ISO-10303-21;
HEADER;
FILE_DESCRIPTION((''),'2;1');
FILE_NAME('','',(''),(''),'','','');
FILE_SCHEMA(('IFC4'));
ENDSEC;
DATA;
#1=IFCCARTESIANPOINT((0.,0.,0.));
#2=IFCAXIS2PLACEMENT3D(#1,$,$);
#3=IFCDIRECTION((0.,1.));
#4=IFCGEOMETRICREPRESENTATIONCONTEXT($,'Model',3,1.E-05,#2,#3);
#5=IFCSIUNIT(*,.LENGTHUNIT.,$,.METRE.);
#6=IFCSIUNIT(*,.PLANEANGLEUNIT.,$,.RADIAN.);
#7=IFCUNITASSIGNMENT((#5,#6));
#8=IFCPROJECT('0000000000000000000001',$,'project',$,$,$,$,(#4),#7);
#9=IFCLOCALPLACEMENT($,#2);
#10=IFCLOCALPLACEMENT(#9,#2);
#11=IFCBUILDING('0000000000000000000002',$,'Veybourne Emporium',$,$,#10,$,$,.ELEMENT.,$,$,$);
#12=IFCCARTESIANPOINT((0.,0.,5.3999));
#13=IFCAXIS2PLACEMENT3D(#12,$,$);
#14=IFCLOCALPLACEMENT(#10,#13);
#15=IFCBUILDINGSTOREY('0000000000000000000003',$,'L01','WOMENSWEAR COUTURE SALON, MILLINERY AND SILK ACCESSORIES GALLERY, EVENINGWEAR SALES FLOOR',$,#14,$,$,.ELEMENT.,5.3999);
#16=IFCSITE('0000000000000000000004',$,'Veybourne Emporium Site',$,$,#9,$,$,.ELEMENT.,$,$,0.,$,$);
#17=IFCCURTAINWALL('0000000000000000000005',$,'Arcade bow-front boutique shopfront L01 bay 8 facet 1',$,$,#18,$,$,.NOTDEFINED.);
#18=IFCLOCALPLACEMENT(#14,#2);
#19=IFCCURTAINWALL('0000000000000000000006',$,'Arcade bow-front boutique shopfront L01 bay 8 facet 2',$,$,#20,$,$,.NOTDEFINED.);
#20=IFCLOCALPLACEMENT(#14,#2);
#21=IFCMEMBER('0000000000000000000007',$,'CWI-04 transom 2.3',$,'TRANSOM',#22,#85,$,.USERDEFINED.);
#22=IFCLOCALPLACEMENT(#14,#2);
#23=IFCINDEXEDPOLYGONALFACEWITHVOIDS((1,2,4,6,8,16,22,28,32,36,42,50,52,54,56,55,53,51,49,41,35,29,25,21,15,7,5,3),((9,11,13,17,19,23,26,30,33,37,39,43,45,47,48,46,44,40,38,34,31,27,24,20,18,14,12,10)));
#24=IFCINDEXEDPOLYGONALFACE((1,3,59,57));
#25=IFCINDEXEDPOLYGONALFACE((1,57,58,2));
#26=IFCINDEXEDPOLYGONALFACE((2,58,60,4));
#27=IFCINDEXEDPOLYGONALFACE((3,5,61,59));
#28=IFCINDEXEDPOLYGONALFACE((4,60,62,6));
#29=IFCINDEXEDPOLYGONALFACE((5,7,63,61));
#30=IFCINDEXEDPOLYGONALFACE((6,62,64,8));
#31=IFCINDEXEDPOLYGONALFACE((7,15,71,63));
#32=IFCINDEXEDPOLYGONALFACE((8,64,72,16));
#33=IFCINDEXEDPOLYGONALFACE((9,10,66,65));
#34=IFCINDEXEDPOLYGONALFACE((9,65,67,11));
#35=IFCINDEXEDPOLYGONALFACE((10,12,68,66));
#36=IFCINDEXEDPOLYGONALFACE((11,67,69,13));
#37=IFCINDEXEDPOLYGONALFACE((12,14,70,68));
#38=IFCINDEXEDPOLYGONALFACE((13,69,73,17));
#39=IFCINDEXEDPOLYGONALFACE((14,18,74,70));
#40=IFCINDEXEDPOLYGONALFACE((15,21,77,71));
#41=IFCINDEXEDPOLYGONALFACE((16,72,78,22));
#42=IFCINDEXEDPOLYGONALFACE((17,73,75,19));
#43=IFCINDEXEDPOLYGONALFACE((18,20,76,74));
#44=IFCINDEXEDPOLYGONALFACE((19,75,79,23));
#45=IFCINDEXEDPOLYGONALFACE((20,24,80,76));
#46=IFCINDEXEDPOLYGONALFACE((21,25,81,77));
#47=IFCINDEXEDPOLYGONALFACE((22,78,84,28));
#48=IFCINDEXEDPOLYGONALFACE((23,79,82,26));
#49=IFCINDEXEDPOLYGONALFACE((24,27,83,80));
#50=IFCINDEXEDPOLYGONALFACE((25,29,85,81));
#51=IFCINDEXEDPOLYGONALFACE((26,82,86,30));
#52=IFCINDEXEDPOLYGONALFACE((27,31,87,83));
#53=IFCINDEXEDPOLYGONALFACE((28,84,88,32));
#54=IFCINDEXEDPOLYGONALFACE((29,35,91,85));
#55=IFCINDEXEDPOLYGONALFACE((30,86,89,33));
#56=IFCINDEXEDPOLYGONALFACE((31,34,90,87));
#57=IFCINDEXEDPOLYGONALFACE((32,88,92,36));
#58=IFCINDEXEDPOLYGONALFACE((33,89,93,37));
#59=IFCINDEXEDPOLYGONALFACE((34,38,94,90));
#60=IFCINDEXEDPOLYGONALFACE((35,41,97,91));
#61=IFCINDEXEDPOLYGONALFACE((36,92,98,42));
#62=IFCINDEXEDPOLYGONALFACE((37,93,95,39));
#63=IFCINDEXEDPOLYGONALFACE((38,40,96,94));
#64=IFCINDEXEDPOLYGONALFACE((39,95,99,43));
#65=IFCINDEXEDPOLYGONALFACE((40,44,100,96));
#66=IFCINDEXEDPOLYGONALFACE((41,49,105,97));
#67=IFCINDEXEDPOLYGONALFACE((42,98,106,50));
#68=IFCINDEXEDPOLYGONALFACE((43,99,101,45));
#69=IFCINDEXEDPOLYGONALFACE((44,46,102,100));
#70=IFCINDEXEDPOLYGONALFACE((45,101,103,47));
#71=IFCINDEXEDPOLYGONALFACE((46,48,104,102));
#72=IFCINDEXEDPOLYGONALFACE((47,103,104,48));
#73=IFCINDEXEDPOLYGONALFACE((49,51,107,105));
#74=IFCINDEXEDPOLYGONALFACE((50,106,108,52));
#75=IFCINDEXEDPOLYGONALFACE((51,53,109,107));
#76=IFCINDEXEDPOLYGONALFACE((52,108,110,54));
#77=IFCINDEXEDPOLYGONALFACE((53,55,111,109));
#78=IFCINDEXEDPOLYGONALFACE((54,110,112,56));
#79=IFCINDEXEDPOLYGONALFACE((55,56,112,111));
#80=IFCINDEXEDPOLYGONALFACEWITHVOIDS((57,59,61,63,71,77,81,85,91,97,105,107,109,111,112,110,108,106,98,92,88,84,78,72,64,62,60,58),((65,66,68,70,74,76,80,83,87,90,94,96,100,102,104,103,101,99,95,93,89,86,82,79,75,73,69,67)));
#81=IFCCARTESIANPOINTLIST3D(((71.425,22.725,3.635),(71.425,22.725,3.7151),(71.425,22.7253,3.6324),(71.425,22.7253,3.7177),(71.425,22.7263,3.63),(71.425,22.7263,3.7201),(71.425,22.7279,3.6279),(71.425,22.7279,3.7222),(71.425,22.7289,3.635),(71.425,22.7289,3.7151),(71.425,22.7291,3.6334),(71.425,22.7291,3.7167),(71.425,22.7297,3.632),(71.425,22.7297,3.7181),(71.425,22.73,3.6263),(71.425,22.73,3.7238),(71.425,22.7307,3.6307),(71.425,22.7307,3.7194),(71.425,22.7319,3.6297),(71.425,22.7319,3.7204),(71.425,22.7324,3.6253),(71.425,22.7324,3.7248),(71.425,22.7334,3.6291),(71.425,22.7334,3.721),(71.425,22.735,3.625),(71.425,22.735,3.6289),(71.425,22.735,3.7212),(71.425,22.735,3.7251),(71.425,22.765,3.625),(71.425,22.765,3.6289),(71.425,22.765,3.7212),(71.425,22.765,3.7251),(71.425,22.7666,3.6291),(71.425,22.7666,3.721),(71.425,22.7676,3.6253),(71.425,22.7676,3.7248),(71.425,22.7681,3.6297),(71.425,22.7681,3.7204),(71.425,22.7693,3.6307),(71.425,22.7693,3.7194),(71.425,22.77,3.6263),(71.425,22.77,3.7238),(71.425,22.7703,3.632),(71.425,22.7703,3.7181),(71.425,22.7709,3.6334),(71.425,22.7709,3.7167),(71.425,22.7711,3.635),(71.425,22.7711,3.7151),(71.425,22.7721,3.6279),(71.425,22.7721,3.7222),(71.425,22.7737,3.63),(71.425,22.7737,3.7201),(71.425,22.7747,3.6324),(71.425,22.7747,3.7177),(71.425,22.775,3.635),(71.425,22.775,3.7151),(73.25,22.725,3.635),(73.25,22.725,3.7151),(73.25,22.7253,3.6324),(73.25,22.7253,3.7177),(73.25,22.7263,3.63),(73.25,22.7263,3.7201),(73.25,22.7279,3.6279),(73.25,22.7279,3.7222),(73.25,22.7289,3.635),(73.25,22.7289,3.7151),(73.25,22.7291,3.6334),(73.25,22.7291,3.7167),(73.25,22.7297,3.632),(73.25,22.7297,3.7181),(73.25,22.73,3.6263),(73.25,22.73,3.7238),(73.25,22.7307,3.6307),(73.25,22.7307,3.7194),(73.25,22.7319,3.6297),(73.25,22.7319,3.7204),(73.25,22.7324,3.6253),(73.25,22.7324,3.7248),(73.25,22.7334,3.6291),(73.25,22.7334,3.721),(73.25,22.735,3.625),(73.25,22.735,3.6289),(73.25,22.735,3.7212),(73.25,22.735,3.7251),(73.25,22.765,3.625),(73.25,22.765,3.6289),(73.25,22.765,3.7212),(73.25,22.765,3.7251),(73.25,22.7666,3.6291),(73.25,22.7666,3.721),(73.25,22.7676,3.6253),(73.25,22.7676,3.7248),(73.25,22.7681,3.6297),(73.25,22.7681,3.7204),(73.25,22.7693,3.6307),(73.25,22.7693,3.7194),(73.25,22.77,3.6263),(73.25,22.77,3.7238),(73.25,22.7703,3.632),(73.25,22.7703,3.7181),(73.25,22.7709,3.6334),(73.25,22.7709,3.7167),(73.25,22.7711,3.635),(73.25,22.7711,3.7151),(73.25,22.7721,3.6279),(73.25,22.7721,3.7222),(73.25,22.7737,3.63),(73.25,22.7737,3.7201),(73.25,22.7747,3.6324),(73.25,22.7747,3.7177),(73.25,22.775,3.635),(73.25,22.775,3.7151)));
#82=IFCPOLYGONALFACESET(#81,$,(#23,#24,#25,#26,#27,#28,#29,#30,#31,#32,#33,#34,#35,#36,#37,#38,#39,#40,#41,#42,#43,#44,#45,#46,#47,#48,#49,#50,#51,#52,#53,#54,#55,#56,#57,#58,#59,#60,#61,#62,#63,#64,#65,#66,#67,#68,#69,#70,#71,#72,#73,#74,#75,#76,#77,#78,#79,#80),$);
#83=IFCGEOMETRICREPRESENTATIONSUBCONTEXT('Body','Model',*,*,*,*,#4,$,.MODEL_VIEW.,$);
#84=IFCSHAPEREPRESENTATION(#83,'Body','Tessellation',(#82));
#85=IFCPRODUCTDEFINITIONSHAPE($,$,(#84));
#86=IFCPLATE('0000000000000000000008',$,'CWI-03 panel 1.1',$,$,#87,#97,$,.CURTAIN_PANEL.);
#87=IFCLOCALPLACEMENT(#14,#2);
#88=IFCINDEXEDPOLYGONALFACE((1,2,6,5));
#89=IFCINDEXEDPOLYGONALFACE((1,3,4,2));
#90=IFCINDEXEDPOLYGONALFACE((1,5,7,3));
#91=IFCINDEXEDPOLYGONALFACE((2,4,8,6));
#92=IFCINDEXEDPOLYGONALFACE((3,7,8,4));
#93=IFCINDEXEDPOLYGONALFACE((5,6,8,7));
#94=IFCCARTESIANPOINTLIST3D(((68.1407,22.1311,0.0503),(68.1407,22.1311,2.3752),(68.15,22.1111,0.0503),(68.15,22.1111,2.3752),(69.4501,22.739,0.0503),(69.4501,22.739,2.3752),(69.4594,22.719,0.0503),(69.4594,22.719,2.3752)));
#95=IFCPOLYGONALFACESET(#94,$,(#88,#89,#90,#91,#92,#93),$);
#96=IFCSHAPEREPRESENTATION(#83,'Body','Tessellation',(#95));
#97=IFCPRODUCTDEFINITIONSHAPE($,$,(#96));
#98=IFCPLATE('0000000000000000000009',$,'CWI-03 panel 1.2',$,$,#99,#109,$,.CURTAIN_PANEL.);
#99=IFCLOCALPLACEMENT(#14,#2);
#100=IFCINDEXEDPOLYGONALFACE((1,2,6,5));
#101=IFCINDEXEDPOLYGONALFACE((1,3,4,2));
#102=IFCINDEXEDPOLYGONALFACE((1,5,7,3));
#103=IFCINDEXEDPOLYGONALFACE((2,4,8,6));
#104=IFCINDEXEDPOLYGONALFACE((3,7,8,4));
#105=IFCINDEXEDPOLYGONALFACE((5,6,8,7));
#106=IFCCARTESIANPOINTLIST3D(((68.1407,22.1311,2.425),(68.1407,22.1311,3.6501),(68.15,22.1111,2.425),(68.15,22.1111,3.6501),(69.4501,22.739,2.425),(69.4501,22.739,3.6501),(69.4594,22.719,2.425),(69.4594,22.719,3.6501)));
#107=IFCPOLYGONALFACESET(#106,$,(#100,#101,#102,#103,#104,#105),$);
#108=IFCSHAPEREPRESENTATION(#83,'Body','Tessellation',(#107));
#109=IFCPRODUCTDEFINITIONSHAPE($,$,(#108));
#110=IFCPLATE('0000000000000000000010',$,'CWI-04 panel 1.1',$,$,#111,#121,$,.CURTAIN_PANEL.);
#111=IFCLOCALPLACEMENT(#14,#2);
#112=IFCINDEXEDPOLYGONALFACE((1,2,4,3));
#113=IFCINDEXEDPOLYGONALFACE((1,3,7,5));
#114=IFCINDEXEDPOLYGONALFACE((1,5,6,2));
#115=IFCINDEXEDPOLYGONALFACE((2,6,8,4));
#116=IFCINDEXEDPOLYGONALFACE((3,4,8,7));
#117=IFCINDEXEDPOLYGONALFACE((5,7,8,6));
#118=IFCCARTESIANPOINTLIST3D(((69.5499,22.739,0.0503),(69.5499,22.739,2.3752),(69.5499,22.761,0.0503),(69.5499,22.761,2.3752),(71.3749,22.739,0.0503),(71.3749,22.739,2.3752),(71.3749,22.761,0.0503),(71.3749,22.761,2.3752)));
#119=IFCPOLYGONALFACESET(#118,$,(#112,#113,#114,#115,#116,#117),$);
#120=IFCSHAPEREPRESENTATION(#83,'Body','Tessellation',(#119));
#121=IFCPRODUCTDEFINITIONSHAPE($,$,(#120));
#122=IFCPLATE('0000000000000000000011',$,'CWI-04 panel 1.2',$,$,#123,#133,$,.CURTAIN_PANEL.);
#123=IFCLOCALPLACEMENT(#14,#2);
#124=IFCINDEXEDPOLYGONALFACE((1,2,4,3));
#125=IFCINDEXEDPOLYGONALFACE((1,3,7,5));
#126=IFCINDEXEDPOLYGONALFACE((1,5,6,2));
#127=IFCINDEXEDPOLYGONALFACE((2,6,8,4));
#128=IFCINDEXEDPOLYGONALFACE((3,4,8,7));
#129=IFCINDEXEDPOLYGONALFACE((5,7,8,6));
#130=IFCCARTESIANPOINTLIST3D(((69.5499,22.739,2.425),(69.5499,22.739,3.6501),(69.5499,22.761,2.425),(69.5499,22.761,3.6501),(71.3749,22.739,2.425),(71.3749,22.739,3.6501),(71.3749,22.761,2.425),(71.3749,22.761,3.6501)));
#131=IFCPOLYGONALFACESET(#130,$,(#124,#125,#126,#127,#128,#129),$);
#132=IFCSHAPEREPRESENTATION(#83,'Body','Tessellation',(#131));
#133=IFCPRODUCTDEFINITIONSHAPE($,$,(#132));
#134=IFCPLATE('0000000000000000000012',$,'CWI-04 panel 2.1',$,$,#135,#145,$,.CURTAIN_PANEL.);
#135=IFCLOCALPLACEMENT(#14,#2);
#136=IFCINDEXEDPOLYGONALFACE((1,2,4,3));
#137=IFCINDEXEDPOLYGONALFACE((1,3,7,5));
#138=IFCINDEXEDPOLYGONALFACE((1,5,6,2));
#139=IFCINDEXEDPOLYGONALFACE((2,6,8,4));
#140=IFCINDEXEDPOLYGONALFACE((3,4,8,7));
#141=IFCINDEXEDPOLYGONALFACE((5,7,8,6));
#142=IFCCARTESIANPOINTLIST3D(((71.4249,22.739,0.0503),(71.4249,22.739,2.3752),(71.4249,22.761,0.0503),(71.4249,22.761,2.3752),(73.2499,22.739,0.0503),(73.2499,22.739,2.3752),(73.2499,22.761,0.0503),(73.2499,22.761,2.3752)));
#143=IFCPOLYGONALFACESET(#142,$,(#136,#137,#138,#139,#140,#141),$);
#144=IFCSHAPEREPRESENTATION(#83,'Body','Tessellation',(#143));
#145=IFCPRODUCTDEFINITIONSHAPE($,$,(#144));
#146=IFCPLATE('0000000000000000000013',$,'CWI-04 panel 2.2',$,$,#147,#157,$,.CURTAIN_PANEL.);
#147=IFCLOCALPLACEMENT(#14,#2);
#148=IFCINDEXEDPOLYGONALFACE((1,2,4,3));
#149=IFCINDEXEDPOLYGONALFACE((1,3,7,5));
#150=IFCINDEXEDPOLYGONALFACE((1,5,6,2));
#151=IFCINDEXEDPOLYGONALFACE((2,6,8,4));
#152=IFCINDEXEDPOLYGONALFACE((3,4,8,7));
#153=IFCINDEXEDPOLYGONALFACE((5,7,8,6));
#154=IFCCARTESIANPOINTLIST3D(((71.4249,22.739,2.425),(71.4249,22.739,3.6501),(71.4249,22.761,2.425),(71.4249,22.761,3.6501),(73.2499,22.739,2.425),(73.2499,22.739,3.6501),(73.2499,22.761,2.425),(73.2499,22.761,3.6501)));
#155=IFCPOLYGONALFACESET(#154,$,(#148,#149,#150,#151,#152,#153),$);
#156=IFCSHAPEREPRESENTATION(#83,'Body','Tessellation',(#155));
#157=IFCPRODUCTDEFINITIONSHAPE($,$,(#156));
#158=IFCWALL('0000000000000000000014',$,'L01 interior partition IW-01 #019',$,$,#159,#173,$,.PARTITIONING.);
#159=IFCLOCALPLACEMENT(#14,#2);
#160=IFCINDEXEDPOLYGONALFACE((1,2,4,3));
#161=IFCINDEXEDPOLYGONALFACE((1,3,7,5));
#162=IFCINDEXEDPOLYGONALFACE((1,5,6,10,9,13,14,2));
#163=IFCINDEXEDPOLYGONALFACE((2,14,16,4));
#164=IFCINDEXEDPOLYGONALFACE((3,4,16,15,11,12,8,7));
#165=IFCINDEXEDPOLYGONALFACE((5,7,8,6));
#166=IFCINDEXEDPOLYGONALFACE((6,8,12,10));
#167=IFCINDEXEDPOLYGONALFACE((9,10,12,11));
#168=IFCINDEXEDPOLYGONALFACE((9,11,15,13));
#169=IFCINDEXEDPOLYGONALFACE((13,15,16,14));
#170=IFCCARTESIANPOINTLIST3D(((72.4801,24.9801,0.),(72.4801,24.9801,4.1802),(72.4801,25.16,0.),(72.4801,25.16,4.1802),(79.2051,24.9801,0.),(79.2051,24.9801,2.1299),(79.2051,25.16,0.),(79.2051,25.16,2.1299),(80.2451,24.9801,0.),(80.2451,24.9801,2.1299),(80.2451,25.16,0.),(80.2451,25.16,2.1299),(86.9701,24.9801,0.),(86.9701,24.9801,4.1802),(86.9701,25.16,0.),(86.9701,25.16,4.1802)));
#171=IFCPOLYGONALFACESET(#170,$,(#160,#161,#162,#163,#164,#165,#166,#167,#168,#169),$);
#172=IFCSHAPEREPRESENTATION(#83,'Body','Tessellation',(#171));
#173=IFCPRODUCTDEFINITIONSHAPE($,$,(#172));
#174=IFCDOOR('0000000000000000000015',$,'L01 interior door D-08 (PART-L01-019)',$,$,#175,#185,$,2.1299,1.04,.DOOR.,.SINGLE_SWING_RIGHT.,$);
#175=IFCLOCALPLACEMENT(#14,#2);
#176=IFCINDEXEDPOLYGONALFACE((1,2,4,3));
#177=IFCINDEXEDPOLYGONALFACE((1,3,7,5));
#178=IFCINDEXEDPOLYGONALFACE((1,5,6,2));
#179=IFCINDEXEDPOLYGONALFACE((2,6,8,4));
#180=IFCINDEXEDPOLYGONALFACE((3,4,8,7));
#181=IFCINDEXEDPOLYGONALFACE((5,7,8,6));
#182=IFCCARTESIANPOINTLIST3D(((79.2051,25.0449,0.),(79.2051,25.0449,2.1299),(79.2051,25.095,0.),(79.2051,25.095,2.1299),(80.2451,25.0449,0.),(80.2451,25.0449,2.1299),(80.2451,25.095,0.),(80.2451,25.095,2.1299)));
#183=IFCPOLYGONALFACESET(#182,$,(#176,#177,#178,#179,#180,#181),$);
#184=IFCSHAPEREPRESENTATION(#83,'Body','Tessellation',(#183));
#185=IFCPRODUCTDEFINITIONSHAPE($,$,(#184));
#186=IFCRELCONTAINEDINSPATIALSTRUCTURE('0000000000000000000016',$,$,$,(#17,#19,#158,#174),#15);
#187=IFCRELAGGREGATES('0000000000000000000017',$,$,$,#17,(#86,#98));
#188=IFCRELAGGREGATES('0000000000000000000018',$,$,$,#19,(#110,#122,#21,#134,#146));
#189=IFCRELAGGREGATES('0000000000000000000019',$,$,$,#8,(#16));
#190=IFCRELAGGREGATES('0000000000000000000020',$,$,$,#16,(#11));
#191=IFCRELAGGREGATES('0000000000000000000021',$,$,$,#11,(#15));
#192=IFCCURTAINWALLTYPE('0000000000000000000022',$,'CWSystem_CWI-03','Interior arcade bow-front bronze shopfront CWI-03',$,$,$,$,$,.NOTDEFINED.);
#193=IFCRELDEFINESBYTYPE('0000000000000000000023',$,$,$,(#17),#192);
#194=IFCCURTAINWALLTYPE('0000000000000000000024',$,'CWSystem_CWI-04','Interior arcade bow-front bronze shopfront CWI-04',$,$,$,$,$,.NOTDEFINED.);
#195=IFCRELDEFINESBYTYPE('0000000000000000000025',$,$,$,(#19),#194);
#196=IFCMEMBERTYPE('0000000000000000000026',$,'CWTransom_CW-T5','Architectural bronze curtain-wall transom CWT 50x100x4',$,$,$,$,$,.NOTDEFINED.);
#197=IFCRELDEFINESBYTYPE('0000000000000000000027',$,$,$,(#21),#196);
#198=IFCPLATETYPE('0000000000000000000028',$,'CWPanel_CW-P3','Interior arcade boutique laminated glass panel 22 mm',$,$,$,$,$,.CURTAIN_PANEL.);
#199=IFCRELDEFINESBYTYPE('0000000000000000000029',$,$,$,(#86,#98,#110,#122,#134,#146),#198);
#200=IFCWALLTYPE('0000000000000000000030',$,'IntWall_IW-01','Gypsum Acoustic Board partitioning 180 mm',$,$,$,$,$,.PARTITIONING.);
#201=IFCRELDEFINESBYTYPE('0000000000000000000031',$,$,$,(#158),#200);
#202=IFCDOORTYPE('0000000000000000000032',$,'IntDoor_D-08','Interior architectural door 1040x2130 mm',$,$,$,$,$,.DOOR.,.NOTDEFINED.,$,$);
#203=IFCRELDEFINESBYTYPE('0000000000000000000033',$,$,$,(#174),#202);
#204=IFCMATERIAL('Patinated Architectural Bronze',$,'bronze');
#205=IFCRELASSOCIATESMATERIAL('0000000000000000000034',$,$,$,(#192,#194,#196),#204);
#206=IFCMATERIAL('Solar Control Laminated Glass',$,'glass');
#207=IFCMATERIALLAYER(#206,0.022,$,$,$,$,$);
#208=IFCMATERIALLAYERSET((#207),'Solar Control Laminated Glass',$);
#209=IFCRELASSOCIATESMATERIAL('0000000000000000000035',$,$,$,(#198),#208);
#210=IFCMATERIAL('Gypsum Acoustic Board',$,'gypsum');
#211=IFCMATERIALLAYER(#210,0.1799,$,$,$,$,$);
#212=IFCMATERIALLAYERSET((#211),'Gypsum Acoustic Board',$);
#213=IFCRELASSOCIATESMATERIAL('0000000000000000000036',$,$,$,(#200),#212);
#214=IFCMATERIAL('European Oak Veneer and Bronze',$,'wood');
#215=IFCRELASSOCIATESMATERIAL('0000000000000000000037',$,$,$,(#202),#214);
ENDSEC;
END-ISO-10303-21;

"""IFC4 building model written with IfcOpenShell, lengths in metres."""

from ifc_helpers import new_model, si_unit, direction, frame, frame_2d, origin, origin_2d, place, context, subcontext, project, spatial, rectangle, hollow_rectangle, extrude, material, layer, layer_set, material_profile, profile_set, type_object, element, fill, aggregate, save


model = new_model("IFC4")

# Units and contexts
model_context = context("Model", 3, precision=1e-05, world=origin(), true_north=direction((0.0, 1.0)))
body_context = subcontext(model_context, "Body", "Model", "MODEL_VIEW")
ifc_project = project(units=[si_unit("LENGTHUNIT", "METRE"), si_unit("PLANEANGLEUNIT", "RADIAN")], contexts=[model_context])

# Site, building, storey
site_placement = place(None, origin())
site = spatial("IfcSite", under=ifc_project, at=site_placement, Name="Veybourne Emporium Site", CompositionType="ELEMENT", RefElevation=0.0)
building_placement = place(site_placement, origin())
building = spatial("IfcBuilding", under=site, at=building_placement, Name="Veybourne Emporium", CompositionType="ELEMENT")
storey_placement = place(building_placement, frame((0.0, 0.0, 5.3999)))
storey = spatial("IfcBuildingStorey", under=building, at=storey_placement, Name="L01", Description="WOMENSWEAR COUTURE SALON, MILLINERY AND SILK ACCESSORIES GALLERY, EVENINGWEAR SALES FLOOR", CompositionType="ELEMENT", Elevation=5.3999)

# Curtain wall
ifc_material_1 = material(Name="Patinated Architectural Bronze", Category="bronze")
curtain_wall_type_1 = type_object("IfcCurtainWallType", Name="CWSystem_CWI-03", Description="Interior arcade bow-front bronze shopfront CWI-03", PredefinedType="NOTDEFINED", material=ifc_material_1)
curtain_wall_1_placement = place(storey_placement, origin())
curtain_wall_1 = element("IfcCurtainWall", 1, at=curtain_wall_1_placement, inside=storey, type_object=curtain_wall_type_1, Name="Arcade bow-front boutique shopfront L01 bay 8 facet 1", PredefinedType="NOTDEFINED")

# Curtain wall
curtain_wall_type_2 = type_object("IfcCurtainWallType", Name="CWSystem_CWI-04", Description="Interior arcade bow-front bronze shopfront CWI-04", PredefinedType="NOTDEFINED", material=ifc_material_1)
curtain_wall_2_placement = place(storey_placement, origin())
curtain_wall_2 = element("IfcCurtainWall", 2, at=curtain_wall_2_placement, inside=storey, type_object=curtain_wall_type_2, Name="Arcade bow-front boutique shopfront L01 bay 8 facet 2", PredefinedType="NOTDEFINED")

# Member
ifc_material_profile_1 = material_profile(ifc_material_1, hollow_rectangle(XDim=0.05, YDim=0.1001, WallThickness=0.0039, InnerFilletRadius=0.0061, OuterFilletRadius=0.01, at=origin_2d()), Name="CWT 50x100x4")
ifc_profile_set_1 = profile_set([ifc_material_profile_1], Name="Patinated Architectural Bronze")
member_type_1 = type_object("IfcMemberType", Name="CWTransom_CW-T5", Description="Architectural bronze curtain-wall transom CWT 50x100x4", PredefinedType="NOTDEFINED", material=ifc_profile_set_1)
member_1_placement = place(storey_placement, frame((71.425, 22.75, 3.675), z_axis=(1.0, 0.0, 0.0), x_axis=(0.0, 1.0, 0.0)))
member_1 = element("IfcMember", 3, at=member_1_placement, type_object=member_type_1, Name="CWI-04 transom 2.3", ObjectType="TRANSOM", PredefinedType="USERDEFINED", context=body_context, shape_type="SweptSolid", body=[
    extrude(hollow_rectangle(XDim=0.05, YDim=0.1001, WallThickness=0.0039, InnerFilletRadius=0.0061, OuterFilletRadius=0.01, at=origin_2d()), origin(), (0.0, 0.0, 1.0), 1.825),
])

# Plates
ifc_material_2 = material(Name="Solar Control Laminated Glass", Category="glass")
ifc_layer_1 = layer(ifc_material_2, 0.022)
ifc_layer_set_1 = layer_set([ifc_layer_1], Name="Solar Control Laminated Glass")
plate_type = type_object("IfcPlateType", Name="CWPanel_CW-P3", Description="Interior arcade boutique laminated glass panel 22 mm", PredefinedType="CURTAIN_PANEL", material=ifc_layer_set_1)
plate_1_placement = place(storey_placement, frame((68.8, 22.425, 0.0503), z_axis=(0.0, 0.0, 1.0), x_axis=(0.907009, 0.421111, 0.0)))
plate_1 = element("IfcPlate", 4, at=plate_1_placement, type_object=plate_type, Name="CWI-03 panel 1.1", PredefinedType="CURTAIN_PANEL", context=body_context, shape_type="SweptSolid", body=[
    extrude(rectangle(XDim=1.4436, YDim=0.022, at=origin_2d()), origin(), (0.0, 0.0, 1.0), 2.325),
])
plate_2_placement = place(storey_placement, frame((68.8, 22.425, 2.425), z_axis=(0.0, 0.0, 1.0), x_axis=(0.907009, 0.421111, 0.0)))
plate_2 = element("IfcPlate", 5, at=plate_2_placement, type_object=plate_type, Name="CWI-03 panel 1.2", PredefinedType="CURTAIN_PANEL", context=body_context, shape_type="SweptSolid", body=[
    extrude(rectangle(XDim=1.4436, YDim=0.022, at=origin_2d()), origin(), (0.0, 0.0, 1.0), 1.2251),
])
aggregate(curtain_wall_1, [plate_1, plate_2])
plate_3_placement = place(storey_placement, frame((70.4624, 22.75, 0.0503), z_axis=(0.0, 0.0, 1.0), x_axis=(1.0, 0.0, 0.0)))
plate_3 = element("IfcPlate", 6, at=plate_3_placement, type_object=plate_type, Name="CWI-04 panel 1.1", PredefinedType="CURTAIN_PANEL", context=body_context, shape_type="SweptSolid", body=[
    extrude(rectangle(XDim=1.825, YDim=0.022, at=origin_2d()), origin(), (0.0, 0.0, 1.0), 2.325),
])
plate_4_placement = place(storey_placement, frame((70.4624, 22.75, 2.425), z_axis=(0.0, 0.0, 1.0), x_axis=(1.0, 0.0, 0.0)))
plate_4 = element("IfcPlate", 7, at=plate_4_placement, type_object=plate_type, Name="CWI-04 panel 1.2", PredefinedType="CURTAIN_PANEL", context=body_context, shape_type="SweptSolid", body=[
    extrude(rectangle(XDim=1.825, YDim=0.022, at=origin_2d()), origin(), (0.0, 0.0, 1.0), 1.2251),
])
plate_5_placement = place(storey_placement, frame((72.3374, 22.75, 0.0503), z_axis=(0.0, 0.0, 1.0), x_axis=(1.0, 0.0, 0.0)))
plate_5 = element("IfcPlate", 8, at=plate_5_placement, type_object=plate_type, Name="CWI-04 panel 2.1", PredefinedType="CURTAIN_PANEL", context=body_context, shape_type="SweptSolid", body=[
    extrude(rectangle(XDim=1.825, YDim=0.022, at=origin_2d()), origin(), (0.0, 0.0, 1.0), 2.325),
])
plate_6_placement = place(storey_placement, frame((72.3374, 22.75, 2.425), z_axis=(0.0, 0.0, 1.0), x_axis=(1.0, 0.0, 0.0)))
plate_6 = element("IfcPlate", 9, at=plate_6_placement, type_object=plate_type, Name="CWI-04 panel 2.2", PredefinedType="CURTAIN_PANEL", context=body_context, shape_type="SweptSolid", body=[
    extrude(rectangle(XDim=1.825, YDim=0.022, at=origin_2d()), origin(), (0.0, 0.0, 1.0), 1.2251),
])
aggregate(curtain_wall_2, [plate_3, plate_4, member_1, plate_5, plate_6])

# Wall, opening, door
ifc_material_3 = material(Name="Gypsum Acoustic Board", Category="gypsum")
ifc_layer_2 = layer(ifc_material_3, 0.1799)
ifc_layer_set_2 = layer_set([ifc_layer_2], Name="Gypsum Acoustic Board")
wall_type = type_object("IfcWallType", Name="IntWall_IW-01", Description="Gypsum Acoustic Board partitioning 180 mm", PredefinedType="PARTITIONING", material=ifc_layer_set_2)
wall_placement = place(storey_placement, frame((72.48, 25.0701, 0.0), z_axis=(0.0, 0.0, 1.0), x_axis=(1.0, 0.0, 0.0)))
wall = element("IfcWall", 10, at=wall_placement, inside=storey, type_object=wall_type, Name="L01 interior partition IW-01 #019", PredefinedType="PARTITIONING", context=body_context, shape_type="SweptSolid", body=[
    extrude(rectangle(XDim=14.49, YDim=0.1799, at=frame_2d((7.2451, 0.0))), origin(), (0.0, 0.0, 1.0), 4.1802),
])
opening_placement = place(wall_placement, frame((6.7251, 0.0, 0.0)))
opening = element("IfcOpeningElement", 11, at=opening_placement, cuts=wall, PredefinedType="OPENING", context=body_context, shape_type="SweptSolid", body=[
    extrude(rectangle(XDim=1.04, YDim=2.1299, at=frame_2d((0.52, 1.0649))), frame((0.0, 0.1099, 0.0), z_axis=(0.0, -1.0, 0.0), x_axis=(1.0, 0.0, 0.0)), (0.0, 0.0, 1.0), 0.22),
])
ifc_material_4 = material(Name="European Oak Veneer and Bronze", Category="wood")
door_type = type_object("IfcDoorType", Name="IntDoor_D-08", Description="Interior architectural door 1040x2130 mm", OperationType="NOTDEFINED", PredefinedType="DOOR", material=ifc_material_4)
door_placement = place(opening_placement, origin())
door = element("IfcDoor", 12, at=door_placement, inside=storey, type_object=door_type, Name="L01 interior door D-08 (PART-L01-019)", OperationType="SINGLE_SWING_RIGHT", OverallHeight=2.1299, OverallWidth=1.04, PredefinedType="DOOR", context=body_context, shape_type="SweptSolid", body=[
    extrude(rectangle(XDim=1.04, YDim=2.1299, at=frame_2d((0.52, 1.0649))), frame((0.0, 0.0249, 0.0), z_axis=(0.0, -1.0, 0.0), x_axis=(1.0, 0.0, 0.0)), (0.0, 0.0, 1.0), 0.05),
])
fill(opening, door)

save(model, "model.ifc")
